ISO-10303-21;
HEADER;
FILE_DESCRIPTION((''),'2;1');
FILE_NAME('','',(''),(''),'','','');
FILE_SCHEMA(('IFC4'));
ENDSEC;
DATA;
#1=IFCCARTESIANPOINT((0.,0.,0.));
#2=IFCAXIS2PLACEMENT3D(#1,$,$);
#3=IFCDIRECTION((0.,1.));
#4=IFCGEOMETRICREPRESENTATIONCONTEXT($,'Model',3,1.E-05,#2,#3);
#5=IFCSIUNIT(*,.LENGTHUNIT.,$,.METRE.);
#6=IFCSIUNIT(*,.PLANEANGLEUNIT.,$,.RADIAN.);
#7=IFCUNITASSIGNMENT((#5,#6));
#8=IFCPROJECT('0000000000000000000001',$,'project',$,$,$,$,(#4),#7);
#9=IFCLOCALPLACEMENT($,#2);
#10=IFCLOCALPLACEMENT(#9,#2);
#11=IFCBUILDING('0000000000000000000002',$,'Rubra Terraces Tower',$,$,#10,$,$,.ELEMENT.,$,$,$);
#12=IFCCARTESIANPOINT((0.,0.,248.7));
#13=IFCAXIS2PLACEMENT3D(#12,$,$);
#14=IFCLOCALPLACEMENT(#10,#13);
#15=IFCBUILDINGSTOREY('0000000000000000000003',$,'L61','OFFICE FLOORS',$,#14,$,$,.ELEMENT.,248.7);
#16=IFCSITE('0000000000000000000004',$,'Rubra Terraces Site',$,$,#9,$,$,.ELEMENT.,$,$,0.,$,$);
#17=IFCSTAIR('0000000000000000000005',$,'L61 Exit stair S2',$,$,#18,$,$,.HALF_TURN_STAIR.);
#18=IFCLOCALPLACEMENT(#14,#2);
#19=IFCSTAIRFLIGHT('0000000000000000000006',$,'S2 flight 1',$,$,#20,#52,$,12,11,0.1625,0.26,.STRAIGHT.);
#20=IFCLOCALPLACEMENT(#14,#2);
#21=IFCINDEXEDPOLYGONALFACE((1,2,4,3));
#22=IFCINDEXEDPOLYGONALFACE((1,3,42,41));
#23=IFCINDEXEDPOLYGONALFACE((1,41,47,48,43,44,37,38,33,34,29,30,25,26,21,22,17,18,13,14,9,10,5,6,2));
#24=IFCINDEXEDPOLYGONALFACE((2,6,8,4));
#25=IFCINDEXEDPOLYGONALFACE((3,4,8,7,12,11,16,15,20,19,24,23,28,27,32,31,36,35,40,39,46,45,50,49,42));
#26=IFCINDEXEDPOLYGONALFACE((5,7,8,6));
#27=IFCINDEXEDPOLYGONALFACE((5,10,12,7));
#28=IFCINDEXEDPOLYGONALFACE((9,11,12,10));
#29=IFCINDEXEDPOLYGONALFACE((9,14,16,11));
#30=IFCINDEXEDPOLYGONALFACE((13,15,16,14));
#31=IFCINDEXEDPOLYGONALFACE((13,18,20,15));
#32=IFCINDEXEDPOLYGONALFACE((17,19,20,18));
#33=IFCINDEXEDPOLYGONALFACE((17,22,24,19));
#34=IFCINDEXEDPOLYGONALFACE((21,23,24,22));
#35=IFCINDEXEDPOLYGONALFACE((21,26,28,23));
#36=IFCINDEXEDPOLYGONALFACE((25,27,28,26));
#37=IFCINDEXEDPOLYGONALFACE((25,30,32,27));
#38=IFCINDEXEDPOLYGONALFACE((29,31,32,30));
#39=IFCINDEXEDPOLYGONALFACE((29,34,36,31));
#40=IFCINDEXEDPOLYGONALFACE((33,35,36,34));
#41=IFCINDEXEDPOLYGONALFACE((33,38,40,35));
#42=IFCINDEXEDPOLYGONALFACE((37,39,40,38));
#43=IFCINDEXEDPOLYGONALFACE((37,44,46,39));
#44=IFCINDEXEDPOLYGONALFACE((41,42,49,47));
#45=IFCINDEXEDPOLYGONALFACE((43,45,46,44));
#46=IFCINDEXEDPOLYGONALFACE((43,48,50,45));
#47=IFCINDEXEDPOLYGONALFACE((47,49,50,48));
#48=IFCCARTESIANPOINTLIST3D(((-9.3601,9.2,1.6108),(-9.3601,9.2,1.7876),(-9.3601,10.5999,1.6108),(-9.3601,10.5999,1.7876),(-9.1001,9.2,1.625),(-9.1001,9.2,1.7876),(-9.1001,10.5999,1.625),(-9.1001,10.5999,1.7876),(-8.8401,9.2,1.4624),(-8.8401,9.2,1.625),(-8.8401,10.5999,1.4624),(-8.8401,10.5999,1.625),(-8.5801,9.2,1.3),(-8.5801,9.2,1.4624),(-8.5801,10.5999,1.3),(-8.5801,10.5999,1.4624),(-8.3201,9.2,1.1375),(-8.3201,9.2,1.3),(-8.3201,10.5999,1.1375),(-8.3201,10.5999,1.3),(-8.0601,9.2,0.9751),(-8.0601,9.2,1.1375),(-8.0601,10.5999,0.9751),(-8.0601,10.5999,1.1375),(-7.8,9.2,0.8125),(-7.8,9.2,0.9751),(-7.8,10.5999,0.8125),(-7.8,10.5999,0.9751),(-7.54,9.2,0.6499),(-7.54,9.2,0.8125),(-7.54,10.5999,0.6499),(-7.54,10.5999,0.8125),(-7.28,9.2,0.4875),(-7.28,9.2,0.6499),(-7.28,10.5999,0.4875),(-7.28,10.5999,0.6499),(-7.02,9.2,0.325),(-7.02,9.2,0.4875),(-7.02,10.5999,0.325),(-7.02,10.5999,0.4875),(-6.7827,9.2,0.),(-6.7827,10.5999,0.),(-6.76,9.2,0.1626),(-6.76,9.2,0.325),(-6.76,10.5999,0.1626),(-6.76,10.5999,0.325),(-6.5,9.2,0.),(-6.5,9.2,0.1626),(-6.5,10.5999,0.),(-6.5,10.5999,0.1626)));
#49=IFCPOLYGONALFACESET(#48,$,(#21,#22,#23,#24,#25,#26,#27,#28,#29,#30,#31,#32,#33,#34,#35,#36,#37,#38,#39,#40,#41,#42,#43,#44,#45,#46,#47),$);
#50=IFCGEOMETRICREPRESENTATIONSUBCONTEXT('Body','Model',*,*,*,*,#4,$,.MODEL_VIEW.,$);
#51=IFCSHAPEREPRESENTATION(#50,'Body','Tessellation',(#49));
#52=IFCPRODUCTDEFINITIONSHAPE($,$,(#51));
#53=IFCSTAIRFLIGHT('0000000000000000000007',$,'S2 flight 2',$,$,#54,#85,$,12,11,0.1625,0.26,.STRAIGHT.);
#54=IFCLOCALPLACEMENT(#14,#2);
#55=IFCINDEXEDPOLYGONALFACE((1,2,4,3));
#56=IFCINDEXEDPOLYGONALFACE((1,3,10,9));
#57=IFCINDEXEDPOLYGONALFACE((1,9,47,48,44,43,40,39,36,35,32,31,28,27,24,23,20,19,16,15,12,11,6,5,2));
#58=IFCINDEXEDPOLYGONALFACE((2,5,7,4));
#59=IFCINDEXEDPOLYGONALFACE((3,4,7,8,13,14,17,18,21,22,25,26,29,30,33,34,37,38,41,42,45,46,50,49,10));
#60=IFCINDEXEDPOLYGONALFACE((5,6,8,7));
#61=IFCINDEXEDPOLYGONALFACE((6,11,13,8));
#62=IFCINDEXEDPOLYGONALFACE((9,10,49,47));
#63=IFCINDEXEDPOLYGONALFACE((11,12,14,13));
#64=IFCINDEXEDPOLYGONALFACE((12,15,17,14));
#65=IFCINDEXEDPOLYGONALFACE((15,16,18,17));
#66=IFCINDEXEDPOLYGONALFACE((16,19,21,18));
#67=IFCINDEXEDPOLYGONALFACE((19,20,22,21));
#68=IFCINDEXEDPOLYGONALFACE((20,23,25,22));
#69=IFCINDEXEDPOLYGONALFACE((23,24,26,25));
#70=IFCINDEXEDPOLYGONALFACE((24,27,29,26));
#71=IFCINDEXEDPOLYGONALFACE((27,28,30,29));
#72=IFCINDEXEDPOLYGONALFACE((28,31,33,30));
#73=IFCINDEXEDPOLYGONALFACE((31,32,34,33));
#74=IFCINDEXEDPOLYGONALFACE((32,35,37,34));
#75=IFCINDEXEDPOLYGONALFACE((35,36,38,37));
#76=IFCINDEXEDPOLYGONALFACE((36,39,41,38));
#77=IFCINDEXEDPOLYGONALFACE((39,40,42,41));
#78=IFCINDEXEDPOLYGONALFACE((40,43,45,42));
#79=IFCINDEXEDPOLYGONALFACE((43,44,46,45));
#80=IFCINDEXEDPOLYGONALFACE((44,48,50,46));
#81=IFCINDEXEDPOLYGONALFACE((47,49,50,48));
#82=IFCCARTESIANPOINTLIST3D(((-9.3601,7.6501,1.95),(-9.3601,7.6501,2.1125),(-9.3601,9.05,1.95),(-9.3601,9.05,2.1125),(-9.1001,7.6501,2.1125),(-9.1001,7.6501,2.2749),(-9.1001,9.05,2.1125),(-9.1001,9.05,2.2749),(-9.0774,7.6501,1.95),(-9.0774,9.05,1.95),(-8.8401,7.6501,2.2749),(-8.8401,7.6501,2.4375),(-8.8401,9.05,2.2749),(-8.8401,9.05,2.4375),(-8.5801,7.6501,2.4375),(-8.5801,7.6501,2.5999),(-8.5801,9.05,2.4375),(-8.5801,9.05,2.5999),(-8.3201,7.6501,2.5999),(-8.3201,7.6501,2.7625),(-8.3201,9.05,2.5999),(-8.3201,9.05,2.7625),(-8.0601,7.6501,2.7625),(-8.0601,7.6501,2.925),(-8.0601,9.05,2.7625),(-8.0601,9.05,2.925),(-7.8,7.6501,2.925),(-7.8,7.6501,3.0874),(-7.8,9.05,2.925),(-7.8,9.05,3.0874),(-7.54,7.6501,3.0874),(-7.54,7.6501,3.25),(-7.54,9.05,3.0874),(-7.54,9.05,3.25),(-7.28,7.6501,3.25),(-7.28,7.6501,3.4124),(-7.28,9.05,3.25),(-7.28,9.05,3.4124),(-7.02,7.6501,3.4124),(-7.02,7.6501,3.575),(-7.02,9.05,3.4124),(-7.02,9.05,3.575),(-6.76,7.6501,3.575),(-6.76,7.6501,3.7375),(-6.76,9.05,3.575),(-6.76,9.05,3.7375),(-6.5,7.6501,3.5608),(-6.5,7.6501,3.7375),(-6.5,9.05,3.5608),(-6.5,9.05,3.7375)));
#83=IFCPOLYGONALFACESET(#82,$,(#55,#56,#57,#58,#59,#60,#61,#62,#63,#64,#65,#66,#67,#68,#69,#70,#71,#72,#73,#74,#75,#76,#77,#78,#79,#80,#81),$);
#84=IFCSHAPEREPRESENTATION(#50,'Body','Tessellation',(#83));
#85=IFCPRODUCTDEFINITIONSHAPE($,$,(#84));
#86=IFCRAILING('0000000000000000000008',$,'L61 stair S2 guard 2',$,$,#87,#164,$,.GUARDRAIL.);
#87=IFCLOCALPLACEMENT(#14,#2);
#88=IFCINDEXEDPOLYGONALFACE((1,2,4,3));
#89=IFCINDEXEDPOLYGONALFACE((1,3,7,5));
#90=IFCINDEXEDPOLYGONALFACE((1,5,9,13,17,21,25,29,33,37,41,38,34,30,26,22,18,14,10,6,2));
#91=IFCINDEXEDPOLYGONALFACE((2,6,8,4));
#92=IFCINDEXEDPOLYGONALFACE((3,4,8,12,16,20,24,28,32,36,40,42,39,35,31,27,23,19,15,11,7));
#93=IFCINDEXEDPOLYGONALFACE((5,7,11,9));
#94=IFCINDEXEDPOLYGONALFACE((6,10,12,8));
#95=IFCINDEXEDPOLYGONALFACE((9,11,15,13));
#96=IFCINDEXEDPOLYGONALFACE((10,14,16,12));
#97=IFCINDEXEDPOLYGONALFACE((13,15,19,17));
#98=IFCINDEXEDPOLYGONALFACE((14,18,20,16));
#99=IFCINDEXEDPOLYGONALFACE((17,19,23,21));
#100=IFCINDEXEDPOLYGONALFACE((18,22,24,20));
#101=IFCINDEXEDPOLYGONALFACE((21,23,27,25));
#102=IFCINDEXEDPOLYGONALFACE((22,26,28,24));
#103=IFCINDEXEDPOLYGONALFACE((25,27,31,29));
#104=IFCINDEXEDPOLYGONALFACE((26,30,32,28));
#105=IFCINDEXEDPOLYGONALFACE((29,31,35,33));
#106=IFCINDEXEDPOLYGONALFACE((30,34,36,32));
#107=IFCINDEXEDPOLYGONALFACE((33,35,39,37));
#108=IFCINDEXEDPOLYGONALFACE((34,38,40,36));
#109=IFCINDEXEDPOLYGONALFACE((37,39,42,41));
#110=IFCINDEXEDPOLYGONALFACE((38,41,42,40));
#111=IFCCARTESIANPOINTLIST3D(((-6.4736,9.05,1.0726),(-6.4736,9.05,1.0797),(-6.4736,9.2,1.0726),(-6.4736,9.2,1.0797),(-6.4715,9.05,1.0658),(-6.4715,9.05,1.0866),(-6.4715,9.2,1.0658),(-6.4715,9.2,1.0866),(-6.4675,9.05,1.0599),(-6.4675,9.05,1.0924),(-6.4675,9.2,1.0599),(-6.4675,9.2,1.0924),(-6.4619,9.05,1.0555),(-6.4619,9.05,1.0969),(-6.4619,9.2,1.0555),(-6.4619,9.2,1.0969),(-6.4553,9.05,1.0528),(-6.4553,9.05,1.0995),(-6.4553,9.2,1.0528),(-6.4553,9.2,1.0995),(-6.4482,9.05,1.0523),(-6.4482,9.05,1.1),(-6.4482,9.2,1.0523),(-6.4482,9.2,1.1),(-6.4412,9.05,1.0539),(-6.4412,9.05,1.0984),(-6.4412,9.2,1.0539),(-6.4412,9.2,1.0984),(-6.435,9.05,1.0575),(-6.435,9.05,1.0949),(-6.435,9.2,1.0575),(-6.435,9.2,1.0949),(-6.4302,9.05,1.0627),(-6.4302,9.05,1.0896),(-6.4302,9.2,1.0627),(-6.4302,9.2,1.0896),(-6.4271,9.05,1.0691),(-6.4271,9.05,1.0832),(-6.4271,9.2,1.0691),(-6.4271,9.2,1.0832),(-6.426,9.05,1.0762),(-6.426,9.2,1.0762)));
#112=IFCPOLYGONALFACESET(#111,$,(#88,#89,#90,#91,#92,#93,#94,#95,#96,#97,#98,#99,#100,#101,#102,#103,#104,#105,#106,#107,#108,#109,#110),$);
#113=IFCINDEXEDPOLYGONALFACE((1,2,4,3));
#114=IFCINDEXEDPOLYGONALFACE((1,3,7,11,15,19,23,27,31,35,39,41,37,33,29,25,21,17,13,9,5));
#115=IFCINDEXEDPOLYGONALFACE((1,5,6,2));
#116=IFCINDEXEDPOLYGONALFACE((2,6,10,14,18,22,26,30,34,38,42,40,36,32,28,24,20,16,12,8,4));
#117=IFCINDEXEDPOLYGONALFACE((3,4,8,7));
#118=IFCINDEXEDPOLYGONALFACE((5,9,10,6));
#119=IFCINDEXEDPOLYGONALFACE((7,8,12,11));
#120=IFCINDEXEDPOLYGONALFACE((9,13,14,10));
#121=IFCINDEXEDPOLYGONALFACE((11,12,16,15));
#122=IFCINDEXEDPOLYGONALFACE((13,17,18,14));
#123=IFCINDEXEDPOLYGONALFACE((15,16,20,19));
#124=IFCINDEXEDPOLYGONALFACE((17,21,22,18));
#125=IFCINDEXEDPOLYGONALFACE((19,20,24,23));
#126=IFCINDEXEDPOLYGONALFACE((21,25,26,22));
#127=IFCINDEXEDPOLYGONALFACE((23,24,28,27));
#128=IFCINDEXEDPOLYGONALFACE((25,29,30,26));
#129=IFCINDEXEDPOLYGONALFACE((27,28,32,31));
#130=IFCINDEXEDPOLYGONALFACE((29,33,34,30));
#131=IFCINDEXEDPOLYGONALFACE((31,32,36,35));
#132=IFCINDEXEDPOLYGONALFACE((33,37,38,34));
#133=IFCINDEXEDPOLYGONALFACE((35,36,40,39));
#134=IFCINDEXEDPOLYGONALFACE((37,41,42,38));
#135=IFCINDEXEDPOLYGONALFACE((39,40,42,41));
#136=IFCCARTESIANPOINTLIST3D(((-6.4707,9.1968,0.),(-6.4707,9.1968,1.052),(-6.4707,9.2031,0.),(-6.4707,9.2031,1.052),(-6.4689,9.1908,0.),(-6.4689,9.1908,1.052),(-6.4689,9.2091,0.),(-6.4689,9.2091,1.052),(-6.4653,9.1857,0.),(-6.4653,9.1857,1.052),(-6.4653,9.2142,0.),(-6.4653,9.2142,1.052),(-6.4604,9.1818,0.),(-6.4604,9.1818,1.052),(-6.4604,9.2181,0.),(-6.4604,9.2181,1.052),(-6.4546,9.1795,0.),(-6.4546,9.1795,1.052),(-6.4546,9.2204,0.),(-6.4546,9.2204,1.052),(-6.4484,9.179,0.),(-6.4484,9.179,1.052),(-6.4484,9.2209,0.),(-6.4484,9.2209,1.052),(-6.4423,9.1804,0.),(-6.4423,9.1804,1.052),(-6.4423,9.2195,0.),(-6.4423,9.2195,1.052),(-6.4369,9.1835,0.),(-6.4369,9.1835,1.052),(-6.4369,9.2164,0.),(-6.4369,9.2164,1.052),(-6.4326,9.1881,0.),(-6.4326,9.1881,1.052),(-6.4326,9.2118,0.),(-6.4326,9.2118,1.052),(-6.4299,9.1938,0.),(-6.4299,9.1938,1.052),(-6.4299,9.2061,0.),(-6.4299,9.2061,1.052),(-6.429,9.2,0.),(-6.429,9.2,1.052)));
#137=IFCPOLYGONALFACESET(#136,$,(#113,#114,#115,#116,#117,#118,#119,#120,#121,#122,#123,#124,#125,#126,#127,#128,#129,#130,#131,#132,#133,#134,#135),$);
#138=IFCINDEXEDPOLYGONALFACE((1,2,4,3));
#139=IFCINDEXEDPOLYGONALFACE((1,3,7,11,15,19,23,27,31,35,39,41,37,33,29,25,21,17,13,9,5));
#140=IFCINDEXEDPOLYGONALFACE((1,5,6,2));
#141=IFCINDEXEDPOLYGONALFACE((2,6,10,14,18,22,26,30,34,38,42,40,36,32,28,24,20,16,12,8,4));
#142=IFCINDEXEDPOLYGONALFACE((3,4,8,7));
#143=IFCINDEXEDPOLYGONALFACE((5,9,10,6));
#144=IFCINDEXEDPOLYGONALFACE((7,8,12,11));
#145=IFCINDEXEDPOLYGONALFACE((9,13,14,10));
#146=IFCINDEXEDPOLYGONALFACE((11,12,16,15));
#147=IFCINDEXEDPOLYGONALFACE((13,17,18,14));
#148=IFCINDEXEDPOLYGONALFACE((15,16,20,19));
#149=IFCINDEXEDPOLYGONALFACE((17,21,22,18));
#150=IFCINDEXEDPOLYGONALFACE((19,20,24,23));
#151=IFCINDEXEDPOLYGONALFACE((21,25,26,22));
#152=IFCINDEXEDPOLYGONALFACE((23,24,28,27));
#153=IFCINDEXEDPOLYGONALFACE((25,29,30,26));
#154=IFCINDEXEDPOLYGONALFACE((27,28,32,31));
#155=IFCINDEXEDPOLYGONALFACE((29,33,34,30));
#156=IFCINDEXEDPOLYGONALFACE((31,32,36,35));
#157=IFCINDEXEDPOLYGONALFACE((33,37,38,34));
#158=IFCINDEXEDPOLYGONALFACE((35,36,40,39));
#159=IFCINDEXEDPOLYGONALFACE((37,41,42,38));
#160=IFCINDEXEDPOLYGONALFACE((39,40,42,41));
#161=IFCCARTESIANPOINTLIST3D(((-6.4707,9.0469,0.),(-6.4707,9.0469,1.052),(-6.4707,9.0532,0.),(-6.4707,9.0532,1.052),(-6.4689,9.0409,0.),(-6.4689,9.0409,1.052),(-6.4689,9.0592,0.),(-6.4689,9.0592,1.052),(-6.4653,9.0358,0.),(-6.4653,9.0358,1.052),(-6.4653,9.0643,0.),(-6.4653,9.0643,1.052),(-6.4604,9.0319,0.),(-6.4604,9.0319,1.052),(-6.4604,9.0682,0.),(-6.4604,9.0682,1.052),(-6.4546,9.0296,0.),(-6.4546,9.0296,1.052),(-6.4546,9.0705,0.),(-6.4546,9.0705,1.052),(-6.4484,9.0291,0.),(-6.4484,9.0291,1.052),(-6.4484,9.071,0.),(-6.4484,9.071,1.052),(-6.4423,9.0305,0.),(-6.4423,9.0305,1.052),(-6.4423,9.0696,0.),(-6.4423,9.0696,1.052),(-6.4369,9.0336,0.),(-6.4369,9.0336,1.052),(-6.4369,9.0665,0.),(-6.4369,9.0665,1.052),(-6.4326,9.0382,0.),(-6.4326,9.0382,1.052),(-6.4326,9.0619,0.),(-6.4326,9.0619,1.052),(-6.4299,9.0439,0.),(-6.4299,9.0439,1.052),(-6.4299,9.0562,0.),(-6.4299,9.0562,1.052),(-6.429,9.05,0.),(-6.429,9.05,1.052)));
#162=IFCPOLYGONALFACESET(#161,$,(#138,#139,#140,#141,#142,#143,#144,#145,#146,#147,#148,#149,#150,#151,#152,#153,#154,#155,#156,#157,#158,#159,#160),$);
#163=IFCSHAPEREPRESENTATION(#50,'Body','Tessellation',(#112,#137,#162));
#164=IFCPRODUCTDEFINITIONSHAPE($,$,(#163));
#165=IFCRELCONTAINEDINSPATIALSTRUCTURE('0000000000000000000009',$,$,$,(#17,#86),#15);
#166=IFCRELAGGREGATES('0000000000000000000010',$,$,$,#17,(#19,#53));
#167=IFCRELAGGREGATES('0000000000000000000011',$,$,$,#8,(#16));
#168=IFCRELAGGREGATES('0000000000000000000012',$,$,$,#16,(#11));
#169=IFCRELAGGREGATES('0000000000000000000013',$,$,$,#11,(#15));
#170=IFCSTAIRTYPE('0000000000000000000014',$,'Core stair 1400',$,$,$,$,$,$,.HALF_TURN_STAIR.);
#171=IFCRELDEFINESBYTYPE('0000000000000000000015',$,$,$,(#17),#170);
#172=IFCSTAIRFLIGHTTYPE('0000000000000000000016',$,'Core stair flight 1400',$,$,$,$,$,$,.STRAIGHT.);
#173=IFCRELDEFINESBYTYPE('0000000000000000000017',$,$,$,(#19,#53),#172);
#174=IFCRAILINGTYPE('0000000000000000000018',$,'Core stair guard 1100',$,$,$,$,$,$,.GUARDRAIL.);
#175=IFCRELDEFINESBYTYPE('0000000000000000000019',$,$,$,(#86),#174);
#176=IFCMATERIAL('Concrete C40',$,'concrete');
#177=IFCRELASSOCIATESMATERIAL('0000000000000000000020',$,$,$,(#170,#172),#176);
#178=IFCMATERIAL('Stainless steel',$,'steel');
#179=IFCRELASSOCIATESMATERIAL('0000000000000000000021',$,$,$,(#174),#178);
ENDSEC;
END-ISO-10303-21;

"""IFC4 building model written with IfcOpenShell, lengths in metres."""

from ifc_helpers import new_model, si_unit, direction, frame, origin, origin_2d, place, context, subcontext, project, spatial, polyline, circle, outline, extrude, material, type_object, element, aggregate, save


model = new_model("IFC4")

# Units and contexts
model_context = context("Model", 3, precision=1e-05, world=origin(), true_north=direction((0.0, 1.0)))
body_context = subcontext(model_context, "Body", "Model", "MODEL_VIEW")
ifc_project = project(units=[si_unit("LENGTHUNIT", "METRE"), si_unit("PLANEANGLEUNIT", "RADIAN")], contexts=[model_context])

# Site, building, storey
site_placement = place(None, origin())
site = spatial("IfcSite", under=ifc_project, at=site_placement, Name="Rubra Terraces Site", CompositionType="ELEMENT", RefElevation=0.0)
building_placement = place(site_placement, origin())
building = spatial("IfcBuilding", under=site, at=building_placement, Name="Rubra Terraces Tower", CompositionType="ELEMENT")
storey_placement = place(building_placement, frame((0.0, 0.0, 248.7)))
storey = spatial("IfcBuildingStorey", under=building, at=storey_placement, Name="L61", Description="OFFICE FLOORS", CompositionType="ELEMENT", Elevation=248.7)

# Shared definitions
ifc_material_1 = material(Name="Concrete C40", Category="concrete")

# Shared definitions
ifc_material_2 = material(Name="Stainless steel", Category="steel")

# Stair, stair flights
stair_type = type_object("IfcStairType", Name="Core stair 1400", PredefinedType="HALF_TURN_STAIR", material=ifc_material_1)
stair_placement = place(storey_placement, origin())
stair = element("IfcStair", 1, at=stair_placement, inside=storey, type_object=stair_type, Name="L61 Exit stair S2", PredefinedType="HALF_TURN_STAIR")
stair_flight_type = type_object("IfcStairFlightType", Name="Core stair flight 1400", PredefinedType="STRAIGHT", material=ifc_material_1)
stair_flight_1_placement = place(storey_placement, frame((-6.5, 9.8999, 0.0), z_axis=(0.0, 0.0, 1.0), x_axis=(-1.0, 0.0, 0.0)))
stair_flight_1 = element("IfcStairFlight", 2, at=stair_flight_1_placement, type_object=stair_flight_type, Name="S2 flight 1", NumberOfRisers=12, NumberOfTreads=11, PredefinedType="STRAIGHT", RiserHeight=0.1625, TreadLength=0.26, context=body_context, shape_type="SweptSolid", body=[
    extrude(outline(polyline([(0.0, 0.0), (0.0, 0.1626), (0.26, 0.1626), (0.26, 0.325), (0.52, 0.325), (0.52, 0.4875), (0.78, 0.4875), (0.78, 0.6499), (1.04, 0.6499), (1.04, 0.8125), (1.3, 0.8125), (1.3, 0.9751), (1.5601, 0.9751), (1.5601, 1.1375), (1.8201, 1.1375), (1.8201, 1.3), (2.0801, 1.3), (2.0801, 1.4624), (2.3401, 1.4624), (2.3401, 1.625), (2.6001, 1.625), (2.6001, 1.7876), (2.8601, 1.7876), (2.8601, 1.95), (2.8601, 1.6108), (0.2827, 0.0), (0.0, 0.0)])), frame((0.0, 0.7, 0.0), z_axis=(0.0, -1.0, 0.0), x_axis=(1.0, 0.0, 0.0)), (0.0, 0.0, 1.0), 1.3999),
])
stair_flight_2_placement = place(storey_placement, frame((-9.3601, 8.3501, 1.95), z_axis=(0.0, 0.0, 1.0), x_axis=(1.0, 0.0, 0.0)))
stair_flight_2 = element("IfcStairFlight", 3, at=stair_flight_2_placement, type_object=stair_flight_type, Name="S2 flight 2", NumberOfRisers=12, NumberOfTreads=11, PredefinedType="STRAIGHT", RiserHeight=0.1625, TreadLength=0.26, context=body_context, shape_type="SweptSolid", body=[
    extrude(outline(polyline([(0.0, 0.0), (0.0, 0.1626), (0.26, 0.1626), (0.26, 0.325), (0.52, 0.325), (0.52, 0.4875), (0.78, 0.4875), (0.78, 0.6499), (1.04, 0.6499), (1.04, 0.8125), (1.3, 0.8125), (1.3, 0.9751), (1.5601, 0.9751), (1.5601, 1.1375), (1.8201, 1.1375), (1.8201, 1.3), (2.0801, 1.3), (2.0801, 1.4624), (2.3401, 1.4624), (2.3401, 1.625), (2.6001, 1.625), (2.6001, 1.7876), (2.8601, 1.7876), (2.8601, 1.95), (2.8601, 1.6108), (0.2827, 0.0), (0.0, 0.0)])), frame((0.0, 0.7, 0.0), z_axis=(0.0, -1.0, 0.0), x_axis=(1.0, 0.0, 0.0)), (0.0, 0.0, 1.0), 1.3999),
])
aggregate(stair, [stair_flight_1, stair_flight_2])

# Railing
railing_type_1 = type_object("IfcRailingType", Name="Core stair guard 1100", PredefinedType="GUARDRAIL", material=ifc_material_2)
railing_1_placement = place(storey_placement, frame((-6.45, 9.2, 0.0)))
element("IfcRailing", 4, at=railing_1_placement, inside=storey, type_object=railing_type_1, Name="L61 stair S2 guard 2", PredefinedType="GUARDRAIL", context=body_context, shape_type="SweptSolid", body=[
    extrude(circle(Radius=0.0239, at=origin_2d()), frame((0.0, 0.0, 1.0762), z_axis=(0.0, -1.0, 0.0), x_axis=(1.0, 0.0, 0.0)), (0.0, 0.0, 1.0), 0.1499),
    extrude(circle(Radius=0.021, at=origin_2d()), origin(), (0.0, 0.0, 1.0), 1.052),
    extrude(circle(Radius=0.021, at=origin_2d()), frame((0.0, -0.1499, 0.0)), (0.0, 0.0, 1.0), 1.052),
])

save(model, "model.ifc")
